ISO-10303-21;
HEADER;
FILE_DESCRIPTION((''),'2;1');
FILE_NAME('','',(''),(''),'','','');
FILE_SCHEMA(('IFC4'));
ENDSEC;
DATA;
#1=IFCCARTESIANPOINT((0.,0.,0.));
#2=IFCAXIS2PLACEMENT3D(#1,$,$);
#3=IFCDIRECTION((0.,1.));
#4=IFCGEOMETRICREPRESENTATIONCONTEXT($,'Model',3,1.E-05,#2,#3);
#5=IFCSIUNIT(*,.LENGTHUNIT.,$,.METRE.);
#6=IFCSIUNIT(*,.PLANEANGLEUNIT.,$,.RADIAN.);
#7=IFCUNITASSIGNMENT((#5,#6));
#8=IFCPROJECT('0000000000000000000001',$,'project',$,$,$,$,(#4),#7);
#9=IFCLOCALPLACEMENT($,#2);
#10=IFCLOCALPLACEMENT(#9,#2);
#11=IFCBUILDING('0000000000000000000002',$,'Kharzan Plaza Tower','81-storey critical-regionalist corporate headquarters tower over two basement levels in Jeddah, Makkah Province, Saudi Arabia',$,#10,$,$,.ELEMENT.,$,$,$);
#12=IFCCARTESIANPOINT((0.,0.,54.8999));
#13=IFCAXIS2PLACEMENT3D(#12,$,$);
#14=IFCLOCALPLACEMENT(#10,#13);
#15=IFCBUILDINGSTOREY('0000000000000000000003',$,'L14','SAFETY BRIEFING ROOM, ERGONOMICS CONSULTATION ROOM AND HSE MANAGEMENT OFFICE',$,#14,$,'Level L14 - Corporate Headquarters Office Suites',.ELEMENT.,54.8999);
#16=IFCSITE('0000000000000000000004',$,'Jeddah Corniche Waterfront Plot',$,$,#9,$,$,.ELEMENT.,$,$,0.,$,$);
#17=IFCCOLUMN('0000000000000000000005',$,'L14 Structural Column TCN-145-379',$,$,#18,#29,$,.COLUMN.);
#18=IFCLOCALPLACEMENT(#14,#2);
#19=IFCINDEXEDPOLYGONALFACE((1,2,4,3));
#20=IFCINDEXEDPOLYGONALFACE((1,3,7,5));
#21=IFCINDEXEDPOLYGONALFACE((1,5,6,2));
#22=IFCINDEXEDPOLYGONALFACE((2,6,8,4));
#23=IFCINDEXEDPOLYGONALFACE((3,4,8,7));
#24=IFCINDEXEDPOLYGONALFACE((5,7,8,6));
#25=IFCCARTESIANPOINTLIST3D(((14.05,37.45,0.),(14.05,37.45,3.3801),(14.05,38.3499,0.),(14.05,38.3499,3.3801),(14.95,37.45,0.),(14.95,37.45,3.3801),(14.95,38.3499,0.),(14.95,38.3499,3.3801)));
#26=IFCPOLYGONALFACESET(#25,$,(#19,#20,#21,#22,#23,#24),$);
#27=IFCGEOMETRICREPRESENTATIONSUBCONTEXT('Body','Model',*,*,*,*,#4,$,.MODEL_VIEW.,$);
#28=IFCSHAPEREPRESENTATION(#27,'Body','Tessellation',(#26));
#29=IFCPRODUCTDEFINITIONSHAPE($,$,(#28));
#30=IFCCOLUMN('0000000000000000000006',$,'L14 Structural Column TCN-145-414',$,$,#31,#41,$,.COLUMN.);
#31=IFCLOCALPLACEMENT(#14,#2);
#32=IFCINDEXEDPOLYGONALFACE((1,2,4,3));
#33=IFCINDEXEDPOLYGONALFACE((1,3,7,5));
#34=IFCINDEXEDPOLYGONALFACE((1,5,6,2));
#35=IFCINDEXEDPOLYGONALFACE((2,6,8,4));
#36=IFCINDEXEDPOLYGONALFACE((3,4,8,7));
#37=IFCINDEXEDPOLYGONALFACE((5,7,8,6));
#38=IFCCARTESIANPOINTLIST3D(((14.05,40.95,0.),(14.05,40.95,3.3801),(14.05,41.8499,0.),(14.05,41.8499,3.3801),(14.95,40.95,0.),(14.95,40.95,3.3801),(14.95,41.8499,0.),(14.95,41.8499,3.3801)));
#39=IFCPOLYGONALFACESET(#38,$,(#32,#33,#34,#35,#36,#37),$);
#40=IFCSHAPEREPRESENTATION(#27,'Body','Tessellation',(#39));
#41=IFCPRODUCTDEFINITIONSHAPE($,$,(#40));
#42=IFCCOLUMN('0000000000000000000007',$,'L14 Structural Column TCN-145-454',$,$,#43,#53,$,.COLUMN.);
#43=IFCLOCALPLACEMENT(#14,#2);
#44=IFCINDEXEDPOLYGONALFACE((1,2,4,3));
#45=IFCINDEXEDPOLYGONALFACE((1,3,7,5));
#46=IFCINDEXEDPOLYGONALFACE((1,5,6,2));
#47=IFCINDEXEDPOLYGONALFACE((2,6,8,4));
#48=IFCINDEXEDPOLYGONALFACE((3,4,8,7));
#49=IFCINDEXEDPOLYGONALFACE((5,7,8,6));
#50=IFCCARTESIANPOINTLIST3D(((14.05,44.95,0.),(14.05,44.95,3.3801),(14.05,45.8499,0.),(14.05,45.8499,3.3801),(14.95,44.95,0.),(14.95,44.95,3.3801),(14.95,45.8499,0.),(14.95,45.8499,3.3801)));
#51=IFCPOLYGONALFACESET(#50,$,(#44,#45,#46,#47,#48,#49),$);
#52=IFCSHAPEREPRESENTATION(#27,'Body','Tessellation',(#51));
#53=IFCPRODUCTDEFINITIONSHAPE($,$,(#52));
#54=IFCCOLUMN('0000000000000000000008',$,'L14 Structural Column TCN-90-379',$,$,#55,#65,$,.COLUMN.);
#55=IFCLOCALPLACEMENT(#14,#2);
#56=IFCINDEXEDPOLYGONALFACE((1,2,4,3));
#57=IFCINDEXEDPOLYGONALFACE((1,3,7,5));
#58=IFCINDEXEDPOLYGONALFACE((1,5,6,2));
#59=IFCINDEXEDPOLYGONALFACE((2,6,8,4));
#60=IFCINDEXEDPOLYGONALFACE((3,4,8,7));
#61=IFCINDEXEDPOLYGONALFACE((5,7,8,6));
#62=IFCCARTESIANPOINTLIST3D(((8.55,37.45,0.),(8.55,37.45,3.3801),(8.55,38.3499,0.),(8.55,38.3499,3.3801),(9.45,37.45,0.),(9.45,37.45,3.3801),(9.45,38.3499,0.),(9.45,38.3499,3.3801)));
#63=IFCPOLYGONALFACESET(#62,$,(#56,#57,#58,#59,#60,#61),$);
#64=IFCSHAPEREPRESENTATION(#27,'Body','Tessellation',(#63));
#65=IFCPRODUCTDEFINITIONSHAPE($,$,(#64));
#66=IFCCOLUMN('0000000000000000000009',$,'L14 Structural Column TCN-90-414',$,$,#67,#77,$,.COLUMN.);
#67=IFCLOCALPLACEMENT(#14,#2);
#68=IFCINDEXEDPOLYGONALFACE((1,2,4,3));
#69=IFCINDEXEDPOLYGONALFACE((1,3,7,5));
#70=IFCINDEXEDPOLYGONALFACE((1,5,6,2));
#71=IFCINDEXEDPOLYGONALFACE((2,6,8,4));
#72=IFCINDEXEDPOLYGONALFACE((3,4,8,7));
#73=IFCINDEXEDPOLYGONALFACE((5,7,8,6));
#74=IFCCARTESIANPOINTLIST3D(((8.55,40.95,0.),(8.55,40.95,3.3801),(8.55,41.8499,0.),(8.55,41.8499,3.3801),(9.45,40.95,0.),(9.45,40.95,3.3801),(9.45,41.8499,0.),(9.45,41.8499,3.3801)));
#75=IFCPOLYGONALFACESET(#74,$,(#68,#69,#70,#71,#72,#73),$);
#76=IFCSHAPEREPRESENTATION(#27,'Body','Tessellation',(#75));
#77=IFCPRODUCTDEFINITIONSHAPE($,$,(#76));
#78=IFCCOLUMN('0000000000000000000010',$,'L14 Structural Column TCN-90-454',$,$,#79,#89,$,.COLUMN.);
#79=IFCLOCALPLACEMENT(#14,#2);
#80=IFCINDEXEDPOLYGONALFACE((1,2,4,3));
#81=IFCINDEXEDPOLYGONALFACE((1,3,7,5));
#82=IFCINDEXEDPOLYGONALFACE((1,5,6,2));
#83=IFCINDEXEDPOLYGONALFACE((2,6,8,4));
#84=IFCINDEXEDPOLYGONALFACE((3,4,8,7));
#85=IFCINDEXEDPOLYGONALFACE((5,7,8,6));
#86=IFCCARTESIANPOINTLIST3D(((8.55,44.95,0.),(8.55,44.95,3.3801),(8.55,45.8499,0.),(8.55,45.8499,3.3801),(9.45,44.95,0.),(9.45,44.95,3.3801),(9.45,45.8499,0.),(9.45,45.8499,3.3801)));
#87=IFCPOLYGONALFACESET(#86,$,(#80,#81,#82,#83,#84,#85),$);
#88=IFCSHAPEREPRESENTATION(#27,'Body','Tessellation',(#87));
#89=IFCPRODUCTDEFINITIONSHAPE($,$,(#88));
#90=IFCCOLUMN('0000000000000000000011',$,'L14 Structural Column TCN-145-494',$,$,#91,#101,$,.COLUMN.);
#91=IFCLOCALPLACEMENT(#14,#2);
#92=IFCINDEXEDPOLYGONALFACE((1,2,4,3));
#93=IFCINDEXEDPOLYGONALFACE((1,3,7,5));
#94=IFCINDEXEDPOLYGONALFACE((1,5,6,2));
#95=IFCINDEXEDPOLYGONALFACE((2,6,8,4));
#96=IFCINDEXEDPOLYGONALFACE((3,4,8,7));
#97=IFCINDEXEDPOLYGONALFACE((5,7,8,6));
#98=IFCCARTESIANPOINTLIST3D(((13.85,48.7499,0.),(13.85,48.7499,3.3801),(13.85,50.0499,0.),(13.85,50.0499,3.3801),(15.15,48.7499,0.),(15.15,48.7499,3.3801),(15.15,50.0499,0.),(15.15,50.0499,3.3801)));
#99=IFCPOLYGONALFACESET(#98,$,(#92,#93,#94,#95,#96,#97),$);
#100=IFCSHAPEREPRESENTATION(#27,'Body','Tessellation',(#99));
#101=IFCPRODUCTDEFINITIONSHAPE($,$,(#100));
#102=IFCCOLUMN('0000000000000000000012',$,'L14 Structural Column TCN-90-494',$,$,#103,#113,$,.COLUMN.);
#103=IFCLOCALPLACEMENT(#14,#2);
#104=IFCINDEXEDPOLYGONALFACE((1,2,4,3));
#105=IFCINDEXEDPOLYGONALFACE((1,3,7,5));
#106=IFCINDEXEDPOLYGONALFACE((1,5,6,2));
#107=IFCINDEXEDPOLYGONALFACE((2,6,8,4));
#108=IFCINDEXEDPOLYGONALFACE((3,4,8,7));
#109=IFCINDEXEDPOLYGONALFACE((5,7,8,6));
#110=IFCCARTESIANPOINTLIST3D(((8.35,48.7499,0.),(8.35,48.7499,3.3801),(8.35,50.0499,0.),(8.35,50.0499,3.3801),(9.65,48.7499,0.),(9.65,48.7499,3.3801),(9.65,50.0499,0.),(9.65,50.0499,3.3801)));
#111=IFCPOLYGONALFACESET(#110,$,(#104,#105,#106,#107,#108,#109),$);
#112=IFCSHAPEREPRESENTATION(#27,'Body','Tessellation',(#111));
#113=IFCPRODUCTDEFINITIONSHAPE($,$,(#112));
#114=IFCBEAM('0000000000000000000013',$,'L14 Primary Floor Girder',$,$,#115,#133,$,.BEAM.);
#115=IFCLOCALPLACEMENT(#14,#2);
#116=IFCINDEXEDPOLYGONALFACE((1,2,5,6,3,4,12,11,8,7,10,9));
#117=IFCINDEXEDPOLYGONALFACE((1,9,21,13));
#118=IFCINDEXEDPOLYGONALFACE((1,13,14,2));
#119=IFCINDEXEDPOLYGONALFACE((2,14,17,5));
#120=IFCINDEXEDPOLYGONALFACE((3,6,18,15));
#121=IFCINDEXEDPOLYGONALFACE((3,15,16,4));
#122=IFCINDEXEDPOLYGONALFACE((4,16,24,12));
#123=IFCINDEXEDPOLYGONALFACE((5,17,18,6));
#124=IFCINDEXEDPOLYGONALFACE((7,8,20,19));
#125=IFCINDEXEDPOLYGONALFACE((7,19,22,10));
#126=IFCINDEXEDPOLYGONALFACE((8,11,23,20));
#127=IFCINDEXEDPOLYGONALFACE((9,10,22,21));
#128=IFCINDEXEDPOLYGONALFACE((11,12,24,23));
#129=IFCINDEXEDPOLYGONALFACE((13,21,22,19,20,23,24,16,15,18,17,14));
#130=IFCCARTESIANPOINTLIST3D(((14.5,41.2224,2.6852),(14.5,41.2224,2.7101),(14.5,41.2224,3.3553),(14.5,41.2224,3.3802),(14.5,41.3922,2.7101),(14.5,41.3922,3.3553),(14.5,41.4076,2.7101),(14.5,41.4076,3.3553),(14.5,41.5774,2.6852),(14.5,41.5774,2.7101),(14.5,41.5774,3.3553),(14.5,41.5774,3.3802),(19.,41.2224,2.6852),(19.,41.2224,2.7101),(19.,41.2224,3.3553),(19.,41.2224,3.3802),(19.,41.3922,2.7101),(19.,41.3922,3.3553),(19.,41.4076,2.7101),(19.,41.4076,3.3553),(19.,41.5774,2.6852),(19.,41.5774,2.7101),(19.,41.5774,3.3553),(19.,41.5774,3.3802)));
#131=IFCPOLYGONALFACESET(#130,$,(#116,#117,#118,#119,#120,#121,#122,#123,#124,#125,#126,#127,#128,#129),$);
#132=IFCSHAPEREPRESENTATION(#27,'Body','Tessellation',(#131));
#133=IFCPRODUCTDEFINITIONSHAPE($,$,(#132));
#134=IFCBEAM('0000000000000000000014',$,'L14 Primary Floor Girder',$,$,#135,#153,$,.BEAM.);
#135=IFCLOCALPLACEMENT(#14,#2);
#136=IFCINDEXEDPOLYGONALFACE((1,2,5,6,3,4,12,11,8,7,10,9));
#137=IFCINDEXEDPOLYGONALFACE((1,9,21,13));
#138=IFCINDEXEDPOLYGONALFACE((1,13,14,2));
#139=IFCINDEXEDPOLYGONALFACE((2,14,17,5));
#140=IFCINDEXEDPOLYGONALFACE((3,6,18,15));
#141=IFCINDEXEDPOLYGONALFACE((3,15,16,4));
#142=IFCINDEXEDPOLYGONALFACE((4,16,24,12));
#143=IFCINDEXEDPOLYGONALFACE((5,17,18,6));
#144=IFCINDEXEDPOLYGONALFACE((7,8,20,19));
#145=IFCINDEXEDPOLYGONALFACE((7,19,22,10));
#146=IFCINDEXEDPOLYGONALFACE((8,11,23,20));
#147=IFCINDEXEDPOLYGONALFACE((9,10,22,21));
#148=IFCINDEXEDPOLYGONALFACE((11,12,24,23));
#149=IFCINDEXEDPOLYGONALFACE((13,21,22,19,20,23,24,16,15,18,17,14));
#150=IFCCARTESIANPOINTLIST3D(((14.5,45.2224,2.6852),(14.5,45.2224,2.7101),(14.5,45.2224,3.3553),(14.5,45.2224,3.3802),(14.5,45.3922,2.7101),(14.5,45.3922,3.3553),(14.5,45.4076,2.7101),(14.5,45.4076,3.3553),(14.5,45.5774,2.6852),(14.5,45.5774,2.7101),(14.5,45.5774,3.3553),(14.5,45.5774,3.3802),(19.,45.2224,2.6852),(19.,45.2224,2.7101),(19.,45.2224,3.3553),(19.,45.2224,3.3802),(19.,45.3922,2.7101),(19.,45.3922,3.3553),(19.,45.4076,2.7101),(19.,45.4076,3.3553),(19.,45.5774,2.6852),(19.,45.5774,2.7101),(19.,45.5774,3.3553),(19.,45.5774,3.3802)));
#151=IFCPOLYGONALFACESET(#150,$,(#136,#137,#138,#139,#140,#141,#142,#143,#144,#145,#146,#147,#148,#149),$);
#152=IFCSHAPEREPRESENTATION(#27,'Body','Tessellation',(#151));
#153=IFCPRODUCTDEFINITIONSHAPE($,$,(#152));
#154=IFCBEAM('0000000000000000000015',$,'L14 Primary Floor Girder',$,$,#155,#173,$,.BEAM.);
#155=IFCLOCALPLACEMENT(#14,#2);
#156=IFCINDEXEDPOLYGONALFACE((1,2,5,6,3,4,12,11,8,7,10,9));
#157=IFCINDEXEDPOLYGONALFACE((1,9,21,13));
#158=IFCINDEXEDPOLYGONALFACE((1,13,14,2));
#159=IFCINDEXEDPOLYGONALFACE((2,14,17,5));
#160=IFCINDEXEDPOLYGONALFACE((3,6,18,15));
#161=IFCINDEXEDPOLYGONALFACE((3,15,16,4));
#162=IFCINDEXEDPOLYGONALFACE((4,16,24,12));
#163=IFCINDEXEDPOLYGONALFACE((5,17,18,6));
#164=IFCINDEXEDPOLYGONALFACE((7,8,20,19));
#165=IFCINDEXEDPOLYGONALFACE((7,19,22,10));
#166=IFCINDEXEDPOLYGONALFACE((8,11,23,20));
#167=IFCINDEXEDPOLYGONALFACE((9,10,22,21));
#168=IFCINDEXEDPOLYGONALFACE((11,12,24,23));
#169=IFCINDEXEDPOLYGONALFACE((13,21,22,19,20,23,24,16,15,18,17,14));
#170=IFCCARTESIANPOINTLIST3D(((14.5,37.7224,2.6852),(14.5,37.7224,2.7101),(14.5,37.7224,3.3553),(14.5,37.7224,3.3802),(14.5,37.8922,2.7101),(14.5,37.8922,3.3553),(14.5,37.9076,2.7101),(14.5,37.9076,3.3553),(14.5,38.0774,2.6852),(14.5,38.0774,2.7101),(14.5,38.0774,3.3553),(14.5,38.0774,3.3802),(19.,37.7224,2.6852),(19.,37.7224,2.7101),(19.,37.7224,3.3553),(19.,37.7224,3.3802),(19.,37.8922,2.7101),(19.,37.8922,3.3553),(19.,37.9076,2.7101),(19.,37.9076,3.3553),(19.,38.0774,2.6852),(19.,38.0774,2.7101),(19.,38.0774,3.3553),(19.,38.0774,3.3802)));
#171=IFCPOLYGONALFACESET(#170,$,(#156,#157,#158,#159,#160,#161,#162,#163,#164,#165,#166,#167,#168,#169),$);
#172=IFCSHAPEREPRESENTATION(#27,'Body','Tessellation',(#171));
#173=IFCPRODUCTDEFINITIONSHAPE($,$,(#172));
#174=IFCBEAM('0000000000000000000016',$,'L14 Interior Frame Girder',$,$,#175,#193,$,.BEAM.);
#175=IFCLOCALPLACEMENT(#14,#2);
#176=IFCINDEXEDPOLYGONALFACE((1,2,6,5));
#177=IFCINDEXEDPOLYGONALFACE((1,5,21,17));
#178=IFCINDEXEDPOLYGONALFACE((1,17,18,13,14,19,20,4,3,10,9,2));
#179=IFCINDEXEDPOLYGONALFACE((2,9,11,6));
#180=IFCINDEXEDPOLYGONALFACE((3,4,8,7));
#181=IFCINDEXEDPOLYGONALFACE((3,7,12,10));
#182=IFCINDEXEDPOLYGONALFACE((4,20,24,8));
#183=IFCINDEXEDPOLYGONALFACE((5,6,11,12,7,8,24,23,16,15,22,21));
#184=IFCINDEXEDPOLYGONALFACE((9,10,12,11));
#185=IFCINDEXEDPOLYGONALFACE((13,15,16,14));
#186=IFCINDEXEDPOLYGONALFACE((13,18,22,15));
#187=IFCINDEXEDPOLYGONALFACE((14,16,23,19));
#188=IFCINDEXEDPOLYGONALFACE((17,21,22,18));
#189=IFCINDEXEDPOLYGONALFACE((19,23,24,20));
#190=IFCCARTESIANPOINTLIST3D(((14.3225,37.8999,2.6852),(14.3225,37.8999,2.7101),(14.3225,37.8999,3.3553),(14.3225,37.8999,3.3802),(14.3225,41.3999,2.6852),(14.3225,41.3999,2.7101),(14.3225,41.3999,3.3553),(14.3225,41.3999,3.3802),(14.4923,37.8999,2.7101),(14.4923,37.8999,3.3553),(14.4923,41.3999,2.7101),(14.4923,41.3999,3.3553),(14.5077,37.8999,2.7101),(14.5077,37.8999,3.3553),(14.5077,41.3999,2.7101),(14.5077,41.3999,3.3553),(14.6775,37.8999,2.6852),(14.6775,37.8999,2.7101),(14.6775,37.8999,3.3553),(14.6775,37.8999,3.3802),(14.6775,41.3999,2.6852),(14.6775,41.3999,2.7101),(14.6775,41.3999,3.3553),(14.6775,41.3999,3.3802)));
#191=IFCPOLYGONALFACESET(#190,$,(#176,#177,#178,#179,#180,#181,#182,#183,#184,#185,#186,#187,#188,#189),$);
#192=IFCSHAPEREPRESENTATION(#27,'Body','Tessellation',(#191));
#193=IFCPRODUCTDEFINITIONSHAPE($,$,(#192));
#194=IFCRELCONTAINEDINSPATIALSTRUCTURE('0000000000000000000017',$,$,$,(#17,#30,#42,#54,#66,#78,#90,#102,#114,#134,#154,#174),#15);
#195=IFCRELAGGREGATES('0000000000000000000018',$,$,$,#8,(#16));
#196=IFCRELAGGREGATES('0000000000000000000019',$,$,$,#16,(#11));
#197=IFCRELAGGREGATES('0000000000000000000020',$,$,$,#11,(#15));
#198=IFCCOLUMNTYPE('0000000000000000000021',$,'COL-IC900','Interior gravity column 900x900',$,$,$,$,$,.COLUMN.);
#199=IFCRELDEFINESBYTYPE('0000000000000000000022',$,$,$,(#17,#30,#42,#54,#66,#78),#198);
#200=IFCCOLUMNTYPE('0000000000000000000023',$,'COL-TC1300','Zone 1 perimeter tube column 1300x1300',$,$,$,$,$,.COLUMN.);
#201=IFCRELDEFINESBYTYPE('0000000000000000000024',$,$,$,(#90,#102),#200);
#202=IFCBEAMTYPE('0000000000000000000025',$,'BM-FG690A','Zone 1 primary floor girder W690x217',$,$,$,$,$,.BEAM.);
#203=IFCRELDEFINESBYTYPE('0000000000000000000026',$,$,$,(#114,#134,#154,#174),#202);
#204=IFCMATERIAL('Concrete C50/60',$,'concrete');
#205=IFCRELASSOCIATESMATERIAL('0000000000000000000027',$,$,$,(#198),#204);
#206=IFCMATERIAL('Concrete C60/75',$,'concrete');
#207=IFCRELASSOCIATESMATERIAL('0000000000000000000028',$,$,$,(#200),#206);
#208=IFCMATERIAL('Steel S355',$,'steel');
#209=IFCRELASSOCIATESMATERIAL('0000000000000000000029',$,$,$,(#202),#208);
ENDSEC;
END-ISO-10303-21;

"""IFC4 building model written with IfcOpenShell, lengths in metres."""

from ifc_helpers import new_model, si_unit, direction, frame, origin, origin_2d, place, context, subcontext, project, spatial, rectangle, i_section, extrude, source, transform, mapped, material, material_profile, profile_set, type_object, element, save


model = new_model("IFC4")

# Units and contexts
model_context = context("Model", 3, precision=1e-05, world=origin(), true_north=direction((0.0, 1.0)))
body_context = subcontext(model_context, "Body", "Model", "MODEL_VIEW")
ifc_project = project(units=[si_unit("LENGTHUNIT", "METRE"), si_unit("PLANEANGLEUNIT", "RADIAN")], contexts=[model_context])

# Site, building, storey
site_placement = place(None, origin())
site = spatial("IfcSite", under=ifc_project, at=site_placement, Name="Jeddah Corniche Waterfront Plot", CompositionType="ELEMENT", RefElevation=0.0)
building_placement = place(site_placement, origin())
building = spatial("IfcBuilding", under=site, at=building_placement, Name="Kharzan Plaza Tower", Description="81-storey critical-regionalist corporate headquarters tower over two basement levels in Jeddah, Makkah Province, Saudi Arabia", CompositionType="ELEMENT")
storey_placement = place(building_placement, frame((0.0, 0.0, 54.8999)))
storey = spatial("IfcBuildingStorey", under=building, at=storey_placement, Name="L14", Description="SAFETY BRIEFING ROOM, ERGONOMICS CONSULTATION ROOM AND HSE MANAGEMENT OFFICE", LongName="Level L14 - Corporate Headquarters Office Suites", CompositionType="ELEMENT", Elevation=54.8999)

# Columns
ifc_material_1 = material(Name="Concrete C50/60", Category="concrete")
ifc_material_profile_1 = material_profile(ifc_material_1, rectangle(XDim=0.8999, YDim=0.8999, at=origin_2d()), Name="RC-IC900x900")
ifc_profile_set_1 = profile_set([ifc_material_profile_1], Name="Concrete C50/60")
column_type_1 = type_object("IfcColumnType", Name="COL-IC900", Description="Interior gravity column 900x900", PredefinedType="COLUMN", material=ifc_profile_set_1)
shared_shape_1 = source(origin(), body_context, "Body", "SweptSolid", [
    extrude(rectangle(XDim=0.8999, YDim=0.8999, at=origin_2d()), origin(), (0.0, 0.0, 1.0), 3.3801),
])
for number, where, z_axis, x_axis, name in (
    (1, (14.5, 37.8999, 0.0), (0.0, 0.0, 1.0), (1.0, 0.0, 0.0), "L14 Structural Column TCN-145-379"),
    (2, (14.5, 41.3999, 0.0), (0.0, 0.0, 1.0), (1.0, 0.0, 0.0), "L14 Structural Column TCN-145-414"),
    (3, (14.5, 45.3999, 0.0), (0.0, 0.0, 1.0), (1.0, 0.0, 0.0), "L14 Structural Column TCN-145-454"),
    (4, (9.0, 37.8999, 0.0), (0.0, 0.0, 1.0), (1.0, 0.0, 0.0), "L14 Structural Column TCN-90-379"),
    (5, (9.0, 41.3999, 0.0), (0.0, 0.0, 1.0), (1.0, 0.0, 0.0), "L14 Structural Column TCN-90-414"),
    (6, (9.0, 45.3999, 0.0), (0.0, 0.0, 1.0), (1.0, 0.0, 0.0), "L14 Structural Column TCN-90-454"),
):
    element("IfcColumn", number, at=place(storey_placement, frame(where, z_axis=z_axis, x_axis=x_axis)), inside=storey, type_object=column_type_1, Name=name, PredefinedType="COLUMN", context=body_context, shape_type="MappedRepresentation", body=[
        mapped(shared_shape_1, transform((0.0, 0.0, 0.0), x_axis=(1.0, 0.0, 0.0), y_axis=(0.0, 1.0, 0.0), z_axis=(0.0, 0.0, 1.0))),
    ])
ifc_material_2 = material(Name="Concrete C60/75", Category="concrete")
ifc_material_profile_2 = material_profile(ifc_material_2, rectangle(XDim=1.3, YDim=1.3, at=origin_2d()), Name="RC-TC1300x1300")
ifc_profile_set_2 = profile_set([ifc_material_profile_2], Name="Concrete C60/75")
column_type_2 = type_object("IfcColumnType", Name="COL-TC1300", Description="Zone 1 perimeter tube column 1300x1300", PredefinedType="COLUMN", material=ifc_profile_set_2)
shared_shape_2 = source(origin(), body_context, "Body", "SweptSolid", [
    extrude(rectangle(XDim=1.3, YDim=1.3, at=origin_2d()), origin(), (0.0, 0.0, 1.0), 3.3801),
])
for number, where, z_axis, x_axis, name in (
    (7, (14.5, 49.3999, 0.0), (0.0, 0.0, 1.0), (1.0, 0.0, 0.0), "L14 Structural Column TCN-145-494"),
    (8, (9.0, 49.3999, 0.0), (0.0, 0.0, 1.0), (1.0, 0.0, 0.0), "L14 Structural Column TCN-90-494"),
):
    element("IfcColumn", number, at=place(storey_placement, frame(where, z_axis=z_axis, x_axis=x_axis)), inside=storey, type_object=column_type_2, Name=name, PredefinedType="COLUMN", context=body_context, shape_type="MappedRepresentation", body=[
        mapped(shared_shape_2, transform((0.0, 0.0, 0.0), x_axis=(1.0, 0.0, 0.0), y_axis=(0.0, 1.0, 0.0), z_axis=(0.0, 0.0, 1.0))),
    ])

# Beams
ifc_material_3 = material(Name="Steel S355", Category="steel")
ifc_material_profile_3 = material_profile(ifc_material_3, i_section(OverallWidth=0.355, OverallDepth=0.6951, WebThickness=0.0154, FlangeThickness=0.0249, at=origin_2d()), Name="W690x217")
ifc_profile_set_3 = profile_set([ifc_material_profile_3], Name="Steel S355")
beam_type_1 = type_object("IfcBeamType", Name="BM-FG690A", Description="Zone 1 primary floor girder W690x217", PredefinedType="BEAM", material=ifc_profile_set_3)
shared_shape_3 = source(origin(), body_context, "Body", "SweptSolid", [
    extrude(i_section(OverallWidth=0.355, OverallDepth=0.6951, WebThickness=0.0154, FlangeThickness=0.0249, at=origin_2d()), origin(), (0.0, 0.0, 1.0), 4.5),
])
for number, where, z_axis, x_axis, name in (
    (9, (14.5, 41.3999, 3.0327), (1.0, 0.0, 0.0), (0.0, 1.0, 0.0), "L14 Primary Floor Girder"),
    (10, (14.5, 45.3999, 3.0327), (1.0, 0.0, 0.0), (0.0, 1.0, 0.0), "L14 Primary Floor Girder"),
    (11, (14.5, 37.8999, 3.0327), (1.0, 0.0, 0.0), (0.0, 1.0, 0.0), "L14 Primary Floor Girder"),
):
    element("IfcBeam", number, at=place(storey_placement, frame(where, z_axis=z_axis, x_axis=x_axis)), inside=storey, type_object=beam_type_1, Name=name, PredefinedType="BEAM", context=body_context, shape_type="MappedRepresentation", body=[
        mapped(shared_shape_3, transform((0.0, 0.0, 0.0), x_axis=(1.0, 0.0, 0.0), y_axis=(0.0, 1.0, 0.0), z_axis=(0.0, 0.0, 1.0))),
    ])
shared_shape_4 = source(origin(), body_context, "Body", "SweptSolid", [
    extrude(i_section(OverallWidth=0.355, OverallDepth=0.6951, WebThickness=0.0154, FlangeThickness=0.0249, at=origin_2d()), origin(), (0.0, 0.0, 1.0), 3.5),
])
beam_1_placement = place(storey_placement, frame((14.5, 37.8999, 3.0327), z_axis=(0.0, 1.0, 0.0), x_axis=(-1.0, 0.0, 0.0)))
element("IfcBeam", 12, at=beam_1_placement, inside=storey, type_object=beam_type_1, Name="L14 Interior Frame Girder", PredefinedType="BEAM", context=body_context, shape_type="MappedRepresentation", body=[
    mapped(shared_shape_4, transform((0.0, 0.0, 0.0), x_axis=(1.0, 0.0, 0.0), y_axis=(0.0, 1.0, 0.0), z_axis=(0.0, 0.0, 1.0))),
])

save(model, "model.ifc")
